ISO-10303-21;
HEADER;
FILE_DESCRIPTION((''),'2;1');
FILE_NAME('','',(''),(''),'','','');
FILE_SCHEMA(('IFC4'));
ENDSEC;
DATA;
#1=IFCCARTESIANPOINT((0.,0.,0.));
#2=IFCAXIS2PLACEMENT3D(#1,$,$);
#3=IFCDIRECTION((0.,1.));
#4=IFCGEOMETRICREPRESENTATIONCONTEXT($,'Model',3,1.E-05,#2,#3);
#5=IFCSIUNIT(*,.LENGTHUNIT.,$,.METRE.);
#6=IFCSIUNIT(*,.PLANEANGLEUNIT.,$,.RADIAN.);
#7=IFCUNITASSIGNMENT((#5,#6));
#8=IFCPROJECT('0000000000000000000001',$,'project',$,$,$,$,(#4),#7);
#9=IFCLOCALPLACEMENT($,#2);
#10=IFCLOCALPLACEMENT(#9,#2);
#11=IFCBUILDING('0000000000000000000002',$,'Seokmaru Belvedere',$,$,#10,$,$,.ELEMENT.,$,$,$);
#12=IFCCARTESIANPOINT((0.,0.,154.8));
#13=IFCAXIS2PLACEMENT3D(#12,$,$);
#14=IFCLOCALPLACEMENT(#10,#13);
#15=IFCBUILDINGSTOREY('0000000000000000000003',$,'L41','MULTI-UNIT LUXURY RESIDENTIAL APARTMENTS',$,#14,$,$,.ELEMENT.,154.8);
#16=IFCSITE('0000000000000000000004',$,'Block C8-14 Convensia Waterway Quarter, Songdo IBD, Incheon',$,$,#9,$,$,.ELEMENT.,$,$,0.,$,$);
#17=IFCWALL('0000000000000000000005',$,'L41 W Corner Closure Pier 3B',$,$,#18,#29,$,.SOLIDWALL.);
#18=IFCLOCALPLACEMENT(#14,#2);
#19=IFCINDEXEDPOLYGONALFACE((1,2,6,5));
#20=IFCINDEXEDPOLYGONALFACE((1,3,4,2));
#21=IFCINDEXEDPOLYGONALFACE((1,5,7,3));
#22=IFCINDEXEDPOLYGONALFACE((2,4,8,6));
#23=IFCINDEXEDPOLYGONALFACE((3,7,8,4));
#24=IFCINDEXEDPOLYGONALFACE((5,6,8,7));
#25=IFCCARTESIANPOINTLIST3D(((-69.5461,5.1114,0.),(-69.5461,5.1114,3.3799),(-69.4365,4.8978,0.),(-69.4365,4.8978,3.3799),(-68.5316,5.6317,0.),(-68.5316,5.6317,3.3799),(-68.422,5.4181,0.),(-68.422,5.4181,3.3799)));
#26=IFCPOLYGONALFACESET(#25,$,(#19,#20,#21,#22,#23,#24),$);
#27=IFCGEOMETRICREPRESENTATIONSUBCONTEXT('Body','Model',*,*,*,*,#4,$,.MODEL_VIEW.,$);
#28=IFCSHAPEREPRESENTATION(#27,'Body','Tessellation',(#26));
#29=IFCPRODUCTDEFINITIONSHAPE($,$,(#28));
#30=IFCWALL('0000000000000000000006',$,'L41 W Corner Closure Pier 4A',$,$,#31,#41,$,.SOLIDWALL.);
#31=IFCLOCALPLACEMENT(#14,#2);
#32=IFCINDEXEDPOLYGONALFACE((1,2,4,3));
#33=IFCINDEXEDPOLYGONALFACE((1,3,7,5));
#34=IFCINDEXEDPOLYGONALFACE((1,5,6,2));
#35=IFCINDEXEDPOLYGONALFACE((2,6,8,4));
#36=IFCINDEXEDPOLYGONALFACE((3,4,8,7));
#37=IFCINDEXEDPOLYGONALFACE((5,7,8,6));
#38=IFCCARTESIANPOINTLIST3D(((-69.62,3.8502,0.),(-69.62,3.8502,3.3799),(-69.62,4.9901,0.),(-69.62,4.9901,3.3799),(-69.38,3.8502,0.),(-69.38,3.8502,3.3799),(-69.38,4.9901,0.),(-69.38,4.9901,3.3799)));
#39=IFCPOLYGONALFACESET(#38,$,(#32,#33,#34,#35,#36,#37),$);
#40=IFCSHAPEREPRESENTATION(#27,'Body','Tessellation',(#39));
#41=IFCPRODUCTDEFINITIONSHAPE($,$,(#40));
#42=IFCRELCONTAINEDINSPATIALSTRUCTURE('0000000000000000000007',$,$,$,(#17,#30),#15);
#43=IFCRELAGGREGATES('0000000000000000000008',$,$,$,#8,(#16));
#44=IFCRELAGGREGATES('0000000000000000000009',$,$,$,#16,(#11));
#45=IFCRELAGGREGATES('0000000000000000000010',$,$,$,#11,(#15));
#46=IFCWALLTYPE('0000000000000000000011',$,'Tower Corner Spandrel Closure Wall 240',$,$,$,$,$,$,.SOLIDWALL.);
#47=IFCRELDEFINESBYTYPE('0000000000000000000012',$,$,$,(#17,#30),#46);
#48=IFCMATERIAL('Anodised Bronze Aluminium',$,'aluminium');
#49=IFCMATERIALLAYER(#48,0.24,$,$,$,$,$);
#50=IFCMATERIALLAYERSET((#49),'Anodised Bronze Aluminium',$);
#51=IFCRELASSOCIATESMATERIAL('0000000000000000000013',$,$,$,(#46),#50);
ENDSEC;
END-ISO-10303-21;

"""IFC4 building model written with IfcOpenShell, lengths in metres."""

from ifc_helpers import new_model, si_unit, direction, frame, frame_2d, origin, place, context, subcontext, project, spatial, rectangle, extrude, material, layer, layer_set, type_object, element, save


model = new_model("IFC4")

# Units and contexts
model_context = context("Model", 3, precision=1e-05, world=origin(), true_north=direction((0.0, 1.0)))
body_context = subcontext(model_context, "Body", "Model", "MODEL_VIEW")
ifc_project = project(units=[si_unit("LENGTHUNIT", "METRE"), si_unit("PLANEANGLEUNIT", "RADIAN")], contexts=[model_context])

# Site, building, storey
site_placement = place(None, origin())
site = spatial("IfcSite", under=ifc_project, at=site_placement, Name="Block C8-14 Convensia Waterway Quarter, Songdo IBD, Incheon", CompositionType="ELEMENT", RefElevation=0.0)
building_placement = place(site_placement, origin())
building = spatial("IfcBuilding", under=site, at=building_placement, Name="Seokmaru Belvedere", CompositionType="ELEMENT")
storey_placement = place(building_placement, frame((0.0, 0.0, 154.8)))
storey = spatial("IfcBuildingStorey", under=building, at=storey_placement, Name="L41", Description="MULTI-UNIT LUXURY RESIDENTIAL APARTMENTS", CompositionType="ELEMENT", Elevation=154.8)

# Shared definitions
ifc_material_1 = material(Name="Anodised Bronze Aluminium", Category="aluminium")

# Walls
ifc_layer_1 = layer(ifc_material_1, 0.24)
ifc_layer_set_1 = layer_set([ifc_layer_1], Name="Anodised Bronze Aluminium")
wall_type_1 = type_object("IfcWallType", Name="Tower Corner Spandrel Closure Wall 240", PredefinedType="SOLIDWALL", material=ifc_layer_set_1)
wall_1_placement = place(storey_placement, frame((-68.4768, 5.5249, 0.0), z_axis=(0.0, 0.0, 1.0), x_axis=(-0.889797, -0.456356, 0.0)))
element("IfcWall", 1, at=wall_1_placement, inside=storey, type_object=wall_type_1, Name="L41 W Corner Closure Pier 3B", PredefinedType="SOLIDWALL", context=body_context, shape_type="SweptSolid", body=[
    extrude(rectangle(XDim=1.1401, YDim=0.24, at=frame_2d((0.5701, 0.0))), origin(), (0.0, 0.0, 1.0), 3.3799),
])
wall_2_placement = place(storey_placement, frame((-69.5, 4.99, 0.0), z_axis=(0.0, 0.0, 1.0), x_axis=(0.0, -1.0, 0.0)))
element("IfcWall", 2, at=wall_2_placement, inside=storey, type_object=wall_type_1, Name="L41 W Corner Closure Pier 4A", PredefinedType="SOLIDWALL", context=body_context, shape_type="SweptSolid", body=[
    extrude(rectangle(XDim=1.1399, YDim=0.24, at=frame_2d((0.5698, 0.0))), origin(), (0.0, 0.0, 1.0), 3.3799),
])

save(model, "model.ifc")
